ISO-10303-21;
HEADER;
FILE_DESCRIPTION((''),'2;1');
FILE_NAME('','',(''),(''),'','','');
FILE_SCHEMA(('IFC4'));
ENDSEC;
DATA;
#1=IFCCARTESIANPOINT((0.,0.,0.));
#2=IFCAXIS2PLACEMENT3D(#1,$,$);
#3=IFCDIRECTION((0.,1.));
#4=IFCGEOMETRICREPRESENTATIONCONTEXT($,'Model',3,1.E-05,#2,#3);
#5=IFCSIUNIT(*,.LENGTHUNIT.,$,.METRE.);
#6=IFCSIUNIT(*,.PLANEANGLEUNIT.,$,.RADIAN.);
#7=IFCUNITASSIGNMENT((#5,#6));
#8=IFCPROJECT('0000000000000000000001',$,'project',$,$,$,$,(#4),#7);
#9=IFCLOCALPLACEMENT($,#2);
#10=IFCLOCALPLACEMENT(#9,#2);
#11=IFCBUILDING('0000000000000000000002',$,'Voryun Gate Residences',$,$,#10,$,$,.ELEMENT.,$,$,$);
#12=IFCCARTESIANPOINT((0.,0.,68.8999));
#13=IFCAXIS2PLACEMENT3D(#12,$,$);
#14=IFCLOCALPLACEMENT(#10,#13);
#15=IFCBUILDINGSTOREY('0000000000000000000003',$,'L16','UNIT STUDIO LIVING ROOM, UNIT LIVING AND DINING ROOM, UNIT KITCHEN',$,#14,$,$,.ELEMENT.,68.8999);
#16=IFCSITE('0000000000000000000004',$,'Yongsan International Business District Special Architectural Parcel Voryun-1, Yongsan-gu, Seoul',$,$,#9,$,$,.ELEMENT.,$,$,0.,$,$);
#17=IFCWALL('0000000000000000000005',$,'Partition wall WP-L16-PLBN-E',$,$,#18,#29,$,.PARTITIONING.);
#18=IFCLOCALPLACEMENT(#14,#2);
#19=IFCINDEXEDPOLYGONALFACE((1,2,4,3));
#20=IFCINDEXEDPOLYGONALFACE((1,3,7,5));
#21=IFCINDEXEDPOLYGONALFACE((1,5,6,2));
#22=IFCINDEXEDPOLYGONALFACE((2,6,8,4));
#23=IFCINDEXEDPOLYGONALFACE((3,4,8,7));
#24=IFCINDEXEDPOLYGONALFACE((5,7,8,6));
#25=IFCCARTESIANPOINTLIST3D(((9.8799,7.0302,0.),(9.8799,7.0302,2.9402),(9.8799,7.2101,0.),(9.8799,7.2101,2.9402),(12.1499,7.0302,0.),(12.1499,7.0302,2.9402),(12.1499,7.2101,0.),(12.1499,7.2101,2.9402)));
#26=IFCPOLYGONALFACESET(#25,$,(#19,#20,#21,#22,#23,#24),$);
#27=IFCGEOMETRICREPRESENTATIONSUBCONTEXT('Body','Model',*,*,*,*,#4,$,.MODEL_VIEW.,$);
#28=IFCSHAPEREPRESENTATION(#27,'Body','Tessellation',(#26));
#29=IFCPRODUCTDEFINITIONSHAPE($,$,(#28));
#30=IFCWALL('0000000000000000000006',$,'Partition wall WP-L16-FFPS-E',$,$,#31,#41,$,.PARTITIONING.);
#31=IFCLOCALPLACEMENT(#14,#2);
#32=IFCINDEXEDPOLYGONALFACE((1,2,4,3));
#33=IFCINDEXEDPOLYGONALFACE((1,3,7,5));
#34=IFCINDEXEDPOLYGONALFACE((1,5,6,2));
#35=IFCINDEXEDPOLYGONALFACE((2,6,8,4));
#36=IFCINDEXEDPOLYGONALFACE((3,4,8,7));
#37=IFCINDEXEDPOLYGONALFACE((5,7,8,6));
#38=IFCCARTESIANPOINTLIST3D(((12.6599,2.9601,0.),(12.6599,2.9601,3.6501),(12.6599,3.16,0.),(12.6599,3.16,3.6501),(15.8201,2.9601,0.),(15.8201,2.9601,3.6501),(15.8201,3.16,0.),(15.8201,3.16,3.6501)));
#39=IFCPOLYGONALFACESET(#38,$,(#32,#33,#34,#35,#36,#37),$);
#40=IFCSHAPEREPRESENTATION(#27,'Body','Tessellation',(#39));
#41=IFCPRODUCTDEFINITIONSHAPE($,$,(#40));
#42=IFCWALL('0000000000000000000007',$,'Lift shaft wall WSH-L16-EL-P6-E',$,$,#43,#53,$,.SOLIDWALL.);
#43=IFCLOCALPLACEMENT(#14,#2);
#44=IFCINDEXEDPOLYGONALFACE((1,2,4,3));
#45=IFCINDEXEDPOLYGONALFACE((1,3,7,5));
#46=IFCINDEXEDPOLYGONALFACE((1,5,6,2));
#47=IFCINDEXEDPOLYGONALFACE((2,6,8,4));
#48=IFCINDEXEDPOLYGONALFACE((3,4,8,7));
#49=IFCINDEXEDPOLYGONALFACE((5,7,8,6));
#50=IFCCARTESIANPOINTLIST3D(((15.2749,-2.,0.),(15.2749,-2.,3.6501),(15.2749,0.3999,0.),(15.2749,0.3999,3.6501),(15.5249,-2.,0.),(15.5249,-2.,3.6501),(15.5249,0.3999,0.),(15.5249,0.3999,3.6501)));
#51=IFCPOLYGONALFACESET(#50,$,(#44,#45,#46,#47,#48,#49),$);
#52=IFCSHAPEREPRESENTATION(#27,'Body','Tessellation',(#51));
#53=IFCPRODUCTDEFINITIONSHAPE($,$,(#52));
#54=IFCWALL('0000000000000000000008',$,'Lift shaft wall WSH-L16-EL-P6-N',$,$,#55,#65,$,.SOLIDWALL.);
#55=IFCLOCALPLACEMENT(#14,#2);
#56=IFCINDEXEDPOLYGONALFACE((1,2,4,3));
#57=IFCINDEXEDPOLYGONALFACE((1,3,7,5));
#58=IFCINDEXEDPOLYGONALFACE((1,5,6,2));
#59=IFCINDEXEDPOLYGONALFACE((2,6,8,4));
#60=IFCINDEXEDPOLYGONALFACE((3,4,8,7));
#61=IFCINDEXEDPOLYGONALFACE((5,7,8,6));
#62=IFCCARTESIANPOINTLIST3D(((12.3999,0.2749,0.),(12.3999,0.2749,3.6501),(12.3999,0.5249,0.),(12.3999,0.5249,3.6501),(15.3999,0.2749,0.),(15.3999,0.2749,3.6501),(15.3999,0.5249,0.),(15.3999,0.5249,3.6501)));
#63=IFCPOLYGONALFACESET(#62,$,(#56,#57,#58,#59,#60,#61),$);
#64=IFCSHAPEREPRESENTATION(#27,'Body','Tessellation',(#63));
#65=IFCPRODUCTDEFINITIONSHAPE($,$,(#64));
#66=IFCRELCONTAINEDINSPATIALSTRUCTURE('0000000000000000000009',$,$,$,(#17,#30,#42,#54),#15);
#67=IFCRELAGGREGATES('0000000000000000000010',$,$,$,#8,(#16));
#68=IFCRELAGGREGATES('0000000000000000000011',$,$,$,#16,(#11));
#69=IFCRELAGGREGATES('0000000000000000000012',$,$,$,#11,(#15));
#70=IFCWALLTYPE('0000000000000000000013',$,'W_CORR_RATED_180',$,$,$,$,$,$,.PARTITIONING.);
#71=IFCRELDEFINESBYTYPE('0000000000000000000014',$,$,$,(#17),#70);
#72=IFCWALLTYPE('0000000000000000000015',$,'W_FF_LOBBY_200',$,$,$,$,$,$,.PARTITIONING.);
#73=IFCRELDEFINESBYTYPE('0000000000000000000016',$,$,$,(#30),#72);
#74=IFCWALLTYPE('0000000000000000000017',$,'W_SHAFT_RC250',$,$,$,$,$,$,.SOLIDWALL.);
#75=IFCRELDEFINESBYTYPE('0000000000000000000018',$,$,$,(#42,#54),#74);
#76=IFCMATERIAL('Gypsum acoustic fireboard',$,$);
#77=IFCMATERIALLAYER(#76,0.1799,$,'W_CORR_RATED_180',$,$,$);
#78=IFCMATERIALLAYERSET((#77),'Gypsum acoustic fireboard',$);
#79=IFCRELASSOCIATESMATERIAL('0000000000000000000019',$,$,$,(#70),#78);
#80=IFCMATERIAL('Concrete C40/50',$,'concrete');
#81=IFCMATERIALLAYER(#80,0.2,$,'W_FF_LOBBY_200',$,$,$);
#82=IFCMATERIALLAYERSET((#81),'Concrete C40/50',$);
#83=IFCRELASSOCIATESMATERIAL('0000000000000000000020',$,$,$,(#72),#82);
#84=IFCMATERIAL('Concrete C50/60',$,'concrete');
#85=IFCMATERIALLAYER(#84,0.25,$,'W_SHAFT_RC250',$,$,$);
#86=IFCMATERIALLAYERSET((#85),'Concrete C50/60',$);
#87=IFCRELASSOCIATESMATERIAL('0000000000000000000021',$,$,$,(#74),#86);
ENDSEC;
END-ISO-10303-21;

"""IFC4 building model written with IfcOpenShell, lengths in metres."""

from ifc_helpers import new_model, si_unit, direction, frame, frame_2d, origin, place, context, subcontext, project, spatial, rectangle, extrude, material, layer, layer_set, type_object, element, save


model = new_model("IFC4")

# Units and contexts
model_context = context("Model", 3, precision=1e-05, world=origin(), true_north=direction((0.0, 1.0)))
body_context = subcontext(model_context, "Body", "Model", "MODEL_VIEW")
ifc_project = project(units=[si_unit("LENGTHUNIT", "METRE"), si_unit("PLANEANGLEUNIT", "RADIAN")], contexts=[model_context])

# Site, building, storey
site_placement = place(None, origin())
site = spatial("IfcSite", under=ifc_project, at=site_placement, Name="Yongsan International Business District Special Architectural Parcel Voryun-1, Yongsan-gu, Seoul", CompositionType="ELEMENT", RefElevation=0.0)
building_placement = place(site_placement, origin())
building = spatial("IfcBuilding", under=site, at=building_placement, Name="Voryun Gate Residences", CompositionType="ELEMENT")
storey_placement = place(building_placement, frame((0.0, 0.0, 68.8999)))
storey = spatial("IfcBuildingStorey", under=building, at=storey_placement, Name="L16", Description="UNIT STUDIO LIVING ROOM, UNIT LIVING AND DINING ROOM, UNIT KITCHEN", CompositionType="ELEMENT", Elevation=68.8999)

# Walls
ifc_material_1 = material(Name="Gypsum acoustic fireboard")
ifc_layer_1 = layer(ifc_material_1, 0.1799, Name="W_CORR_RATED_180")
ifc_layer_set_1 = layer_set([ifc_layer_1], Name="Gypsum acoustic fireboard")
wall_type_1 = type_object("IfcWallType", Name="W_CORR_RATED_180", PredefinedType="PARTITIONING", material=ifc_layer_set_1)
wall_1_placement = place(storey_placement, frame((9.8799, 7.1201, 0.0), z_axis=(0.0, 0.0, 1.0), x_axis=(1.0, 0.0, 0.0)))
element("IfcWall", 1, at=wall_1_placement, inside=storey, type_object=wall_type_1, Name="Partition wall WP-L16-PLBN-E", PredefinedType="PARTITIONING", context=body_context, shape_type="SweptSolid", body=[
    extrude(rectangle(XDim=2.27, YDim=0.1799, at=frame_2d((1.135, 0.0))), origin(), (0.0, 0.0, 1.0), 2.9402),
])
ifc_material_2 = material(Name="Concrete C40/50", Category="concrete")
ifc_layer_2 = layer(ifc_material_2, 0.2, Name="W_FF_LOBBY_200")
ifc_layer_set_2 = layer_set([ifc_layer_2], Name="Concrete C40/50")
wall_type_2 = type_object("IfcWallType", Name="W_FF_LOBBY_200", PredefinedType="PARTITIONING", material=ifc_layer_set_2)
wall_2_placement = place(storey_placement, frame((12.6599, 3.0601, 0.0), z_axis=(0.0, 0.0, 1.0), x_axis=(1.0, 0.0, 0.0)))
element("IfcWall", 2, at=wall_2_placement, inside=storey, type_object=wall_type_2, Name="Partition wall WP-L16-FFPS-E", PredefinedType="PARTITIONING", context=body_context, shape_type="SweptSolid", body=[
    extrude(rectangle(XDim=3.1602, YDim=0.2, at=frame_2d((1.5801, 0.0))), origin(), (0.0, 0.0, 1.0), 3.6501),
])
ifc_material_3 = material(Name="Concrete C50/60", Category="concrete")
ifc_layer_3 = layer(ifc_material_3, 0.25, Name="W_SHAFT_RC250")
ifc_layer_set_3 = layer_set([ifc_layer_3], Name="Concrete C50/60")
wall_type_3 = type_object("IfcWallType", Name="W_SHAFT_RC250", PredefinedType="SOLIDWALL", material=ifc_layer_set_3)
wall_3_placement = place(storey_placement, frame((15.3999, -2.0, 0.0), z_axis=(0.0, 0.0, 1.0), x_axis=(0.0, 1.0, 0.0)))
element("IfcWall", 3, at=wall_3_placement, inside=storey, type_object=wall_type_3, Name="Lift shaft wall WSH-L16-EL-P6-E", PredefinedType="SOLIDWALL", context=body_context, shape_type="SweptSolid", body=[
    extrude(rectangle(XDim=2.3999, YDim=0.25, at=frame_2d((1.2, 0.0))), origin(), (0.0, 0.0, 1.0), 3.6501),
])
wall_4_placement = place(storey_placement, frame((15.3999, 0.3999, 0.0), z_axis=(0.0, 0.0, 1.0), x_axis=(-1.0, 0.0, 0.0)))
element("IfcWall", 4, at=wall_4_placement, inside=storey, type_object=wall_type_3, Name="Lift shaft wall WSH-L16-EL-P6-N", PredefinedType="SOLIDWALL", context=body_context, shape_type="SweptSolid", body=[
    extrude(rectangle(XDim=3.0, YDim=0.25, at=frame_2d((1.5, 0.0))), origin(), (0.0, 0.0, 1.0), 3.6501),
])

save(model, "model.ifc")
